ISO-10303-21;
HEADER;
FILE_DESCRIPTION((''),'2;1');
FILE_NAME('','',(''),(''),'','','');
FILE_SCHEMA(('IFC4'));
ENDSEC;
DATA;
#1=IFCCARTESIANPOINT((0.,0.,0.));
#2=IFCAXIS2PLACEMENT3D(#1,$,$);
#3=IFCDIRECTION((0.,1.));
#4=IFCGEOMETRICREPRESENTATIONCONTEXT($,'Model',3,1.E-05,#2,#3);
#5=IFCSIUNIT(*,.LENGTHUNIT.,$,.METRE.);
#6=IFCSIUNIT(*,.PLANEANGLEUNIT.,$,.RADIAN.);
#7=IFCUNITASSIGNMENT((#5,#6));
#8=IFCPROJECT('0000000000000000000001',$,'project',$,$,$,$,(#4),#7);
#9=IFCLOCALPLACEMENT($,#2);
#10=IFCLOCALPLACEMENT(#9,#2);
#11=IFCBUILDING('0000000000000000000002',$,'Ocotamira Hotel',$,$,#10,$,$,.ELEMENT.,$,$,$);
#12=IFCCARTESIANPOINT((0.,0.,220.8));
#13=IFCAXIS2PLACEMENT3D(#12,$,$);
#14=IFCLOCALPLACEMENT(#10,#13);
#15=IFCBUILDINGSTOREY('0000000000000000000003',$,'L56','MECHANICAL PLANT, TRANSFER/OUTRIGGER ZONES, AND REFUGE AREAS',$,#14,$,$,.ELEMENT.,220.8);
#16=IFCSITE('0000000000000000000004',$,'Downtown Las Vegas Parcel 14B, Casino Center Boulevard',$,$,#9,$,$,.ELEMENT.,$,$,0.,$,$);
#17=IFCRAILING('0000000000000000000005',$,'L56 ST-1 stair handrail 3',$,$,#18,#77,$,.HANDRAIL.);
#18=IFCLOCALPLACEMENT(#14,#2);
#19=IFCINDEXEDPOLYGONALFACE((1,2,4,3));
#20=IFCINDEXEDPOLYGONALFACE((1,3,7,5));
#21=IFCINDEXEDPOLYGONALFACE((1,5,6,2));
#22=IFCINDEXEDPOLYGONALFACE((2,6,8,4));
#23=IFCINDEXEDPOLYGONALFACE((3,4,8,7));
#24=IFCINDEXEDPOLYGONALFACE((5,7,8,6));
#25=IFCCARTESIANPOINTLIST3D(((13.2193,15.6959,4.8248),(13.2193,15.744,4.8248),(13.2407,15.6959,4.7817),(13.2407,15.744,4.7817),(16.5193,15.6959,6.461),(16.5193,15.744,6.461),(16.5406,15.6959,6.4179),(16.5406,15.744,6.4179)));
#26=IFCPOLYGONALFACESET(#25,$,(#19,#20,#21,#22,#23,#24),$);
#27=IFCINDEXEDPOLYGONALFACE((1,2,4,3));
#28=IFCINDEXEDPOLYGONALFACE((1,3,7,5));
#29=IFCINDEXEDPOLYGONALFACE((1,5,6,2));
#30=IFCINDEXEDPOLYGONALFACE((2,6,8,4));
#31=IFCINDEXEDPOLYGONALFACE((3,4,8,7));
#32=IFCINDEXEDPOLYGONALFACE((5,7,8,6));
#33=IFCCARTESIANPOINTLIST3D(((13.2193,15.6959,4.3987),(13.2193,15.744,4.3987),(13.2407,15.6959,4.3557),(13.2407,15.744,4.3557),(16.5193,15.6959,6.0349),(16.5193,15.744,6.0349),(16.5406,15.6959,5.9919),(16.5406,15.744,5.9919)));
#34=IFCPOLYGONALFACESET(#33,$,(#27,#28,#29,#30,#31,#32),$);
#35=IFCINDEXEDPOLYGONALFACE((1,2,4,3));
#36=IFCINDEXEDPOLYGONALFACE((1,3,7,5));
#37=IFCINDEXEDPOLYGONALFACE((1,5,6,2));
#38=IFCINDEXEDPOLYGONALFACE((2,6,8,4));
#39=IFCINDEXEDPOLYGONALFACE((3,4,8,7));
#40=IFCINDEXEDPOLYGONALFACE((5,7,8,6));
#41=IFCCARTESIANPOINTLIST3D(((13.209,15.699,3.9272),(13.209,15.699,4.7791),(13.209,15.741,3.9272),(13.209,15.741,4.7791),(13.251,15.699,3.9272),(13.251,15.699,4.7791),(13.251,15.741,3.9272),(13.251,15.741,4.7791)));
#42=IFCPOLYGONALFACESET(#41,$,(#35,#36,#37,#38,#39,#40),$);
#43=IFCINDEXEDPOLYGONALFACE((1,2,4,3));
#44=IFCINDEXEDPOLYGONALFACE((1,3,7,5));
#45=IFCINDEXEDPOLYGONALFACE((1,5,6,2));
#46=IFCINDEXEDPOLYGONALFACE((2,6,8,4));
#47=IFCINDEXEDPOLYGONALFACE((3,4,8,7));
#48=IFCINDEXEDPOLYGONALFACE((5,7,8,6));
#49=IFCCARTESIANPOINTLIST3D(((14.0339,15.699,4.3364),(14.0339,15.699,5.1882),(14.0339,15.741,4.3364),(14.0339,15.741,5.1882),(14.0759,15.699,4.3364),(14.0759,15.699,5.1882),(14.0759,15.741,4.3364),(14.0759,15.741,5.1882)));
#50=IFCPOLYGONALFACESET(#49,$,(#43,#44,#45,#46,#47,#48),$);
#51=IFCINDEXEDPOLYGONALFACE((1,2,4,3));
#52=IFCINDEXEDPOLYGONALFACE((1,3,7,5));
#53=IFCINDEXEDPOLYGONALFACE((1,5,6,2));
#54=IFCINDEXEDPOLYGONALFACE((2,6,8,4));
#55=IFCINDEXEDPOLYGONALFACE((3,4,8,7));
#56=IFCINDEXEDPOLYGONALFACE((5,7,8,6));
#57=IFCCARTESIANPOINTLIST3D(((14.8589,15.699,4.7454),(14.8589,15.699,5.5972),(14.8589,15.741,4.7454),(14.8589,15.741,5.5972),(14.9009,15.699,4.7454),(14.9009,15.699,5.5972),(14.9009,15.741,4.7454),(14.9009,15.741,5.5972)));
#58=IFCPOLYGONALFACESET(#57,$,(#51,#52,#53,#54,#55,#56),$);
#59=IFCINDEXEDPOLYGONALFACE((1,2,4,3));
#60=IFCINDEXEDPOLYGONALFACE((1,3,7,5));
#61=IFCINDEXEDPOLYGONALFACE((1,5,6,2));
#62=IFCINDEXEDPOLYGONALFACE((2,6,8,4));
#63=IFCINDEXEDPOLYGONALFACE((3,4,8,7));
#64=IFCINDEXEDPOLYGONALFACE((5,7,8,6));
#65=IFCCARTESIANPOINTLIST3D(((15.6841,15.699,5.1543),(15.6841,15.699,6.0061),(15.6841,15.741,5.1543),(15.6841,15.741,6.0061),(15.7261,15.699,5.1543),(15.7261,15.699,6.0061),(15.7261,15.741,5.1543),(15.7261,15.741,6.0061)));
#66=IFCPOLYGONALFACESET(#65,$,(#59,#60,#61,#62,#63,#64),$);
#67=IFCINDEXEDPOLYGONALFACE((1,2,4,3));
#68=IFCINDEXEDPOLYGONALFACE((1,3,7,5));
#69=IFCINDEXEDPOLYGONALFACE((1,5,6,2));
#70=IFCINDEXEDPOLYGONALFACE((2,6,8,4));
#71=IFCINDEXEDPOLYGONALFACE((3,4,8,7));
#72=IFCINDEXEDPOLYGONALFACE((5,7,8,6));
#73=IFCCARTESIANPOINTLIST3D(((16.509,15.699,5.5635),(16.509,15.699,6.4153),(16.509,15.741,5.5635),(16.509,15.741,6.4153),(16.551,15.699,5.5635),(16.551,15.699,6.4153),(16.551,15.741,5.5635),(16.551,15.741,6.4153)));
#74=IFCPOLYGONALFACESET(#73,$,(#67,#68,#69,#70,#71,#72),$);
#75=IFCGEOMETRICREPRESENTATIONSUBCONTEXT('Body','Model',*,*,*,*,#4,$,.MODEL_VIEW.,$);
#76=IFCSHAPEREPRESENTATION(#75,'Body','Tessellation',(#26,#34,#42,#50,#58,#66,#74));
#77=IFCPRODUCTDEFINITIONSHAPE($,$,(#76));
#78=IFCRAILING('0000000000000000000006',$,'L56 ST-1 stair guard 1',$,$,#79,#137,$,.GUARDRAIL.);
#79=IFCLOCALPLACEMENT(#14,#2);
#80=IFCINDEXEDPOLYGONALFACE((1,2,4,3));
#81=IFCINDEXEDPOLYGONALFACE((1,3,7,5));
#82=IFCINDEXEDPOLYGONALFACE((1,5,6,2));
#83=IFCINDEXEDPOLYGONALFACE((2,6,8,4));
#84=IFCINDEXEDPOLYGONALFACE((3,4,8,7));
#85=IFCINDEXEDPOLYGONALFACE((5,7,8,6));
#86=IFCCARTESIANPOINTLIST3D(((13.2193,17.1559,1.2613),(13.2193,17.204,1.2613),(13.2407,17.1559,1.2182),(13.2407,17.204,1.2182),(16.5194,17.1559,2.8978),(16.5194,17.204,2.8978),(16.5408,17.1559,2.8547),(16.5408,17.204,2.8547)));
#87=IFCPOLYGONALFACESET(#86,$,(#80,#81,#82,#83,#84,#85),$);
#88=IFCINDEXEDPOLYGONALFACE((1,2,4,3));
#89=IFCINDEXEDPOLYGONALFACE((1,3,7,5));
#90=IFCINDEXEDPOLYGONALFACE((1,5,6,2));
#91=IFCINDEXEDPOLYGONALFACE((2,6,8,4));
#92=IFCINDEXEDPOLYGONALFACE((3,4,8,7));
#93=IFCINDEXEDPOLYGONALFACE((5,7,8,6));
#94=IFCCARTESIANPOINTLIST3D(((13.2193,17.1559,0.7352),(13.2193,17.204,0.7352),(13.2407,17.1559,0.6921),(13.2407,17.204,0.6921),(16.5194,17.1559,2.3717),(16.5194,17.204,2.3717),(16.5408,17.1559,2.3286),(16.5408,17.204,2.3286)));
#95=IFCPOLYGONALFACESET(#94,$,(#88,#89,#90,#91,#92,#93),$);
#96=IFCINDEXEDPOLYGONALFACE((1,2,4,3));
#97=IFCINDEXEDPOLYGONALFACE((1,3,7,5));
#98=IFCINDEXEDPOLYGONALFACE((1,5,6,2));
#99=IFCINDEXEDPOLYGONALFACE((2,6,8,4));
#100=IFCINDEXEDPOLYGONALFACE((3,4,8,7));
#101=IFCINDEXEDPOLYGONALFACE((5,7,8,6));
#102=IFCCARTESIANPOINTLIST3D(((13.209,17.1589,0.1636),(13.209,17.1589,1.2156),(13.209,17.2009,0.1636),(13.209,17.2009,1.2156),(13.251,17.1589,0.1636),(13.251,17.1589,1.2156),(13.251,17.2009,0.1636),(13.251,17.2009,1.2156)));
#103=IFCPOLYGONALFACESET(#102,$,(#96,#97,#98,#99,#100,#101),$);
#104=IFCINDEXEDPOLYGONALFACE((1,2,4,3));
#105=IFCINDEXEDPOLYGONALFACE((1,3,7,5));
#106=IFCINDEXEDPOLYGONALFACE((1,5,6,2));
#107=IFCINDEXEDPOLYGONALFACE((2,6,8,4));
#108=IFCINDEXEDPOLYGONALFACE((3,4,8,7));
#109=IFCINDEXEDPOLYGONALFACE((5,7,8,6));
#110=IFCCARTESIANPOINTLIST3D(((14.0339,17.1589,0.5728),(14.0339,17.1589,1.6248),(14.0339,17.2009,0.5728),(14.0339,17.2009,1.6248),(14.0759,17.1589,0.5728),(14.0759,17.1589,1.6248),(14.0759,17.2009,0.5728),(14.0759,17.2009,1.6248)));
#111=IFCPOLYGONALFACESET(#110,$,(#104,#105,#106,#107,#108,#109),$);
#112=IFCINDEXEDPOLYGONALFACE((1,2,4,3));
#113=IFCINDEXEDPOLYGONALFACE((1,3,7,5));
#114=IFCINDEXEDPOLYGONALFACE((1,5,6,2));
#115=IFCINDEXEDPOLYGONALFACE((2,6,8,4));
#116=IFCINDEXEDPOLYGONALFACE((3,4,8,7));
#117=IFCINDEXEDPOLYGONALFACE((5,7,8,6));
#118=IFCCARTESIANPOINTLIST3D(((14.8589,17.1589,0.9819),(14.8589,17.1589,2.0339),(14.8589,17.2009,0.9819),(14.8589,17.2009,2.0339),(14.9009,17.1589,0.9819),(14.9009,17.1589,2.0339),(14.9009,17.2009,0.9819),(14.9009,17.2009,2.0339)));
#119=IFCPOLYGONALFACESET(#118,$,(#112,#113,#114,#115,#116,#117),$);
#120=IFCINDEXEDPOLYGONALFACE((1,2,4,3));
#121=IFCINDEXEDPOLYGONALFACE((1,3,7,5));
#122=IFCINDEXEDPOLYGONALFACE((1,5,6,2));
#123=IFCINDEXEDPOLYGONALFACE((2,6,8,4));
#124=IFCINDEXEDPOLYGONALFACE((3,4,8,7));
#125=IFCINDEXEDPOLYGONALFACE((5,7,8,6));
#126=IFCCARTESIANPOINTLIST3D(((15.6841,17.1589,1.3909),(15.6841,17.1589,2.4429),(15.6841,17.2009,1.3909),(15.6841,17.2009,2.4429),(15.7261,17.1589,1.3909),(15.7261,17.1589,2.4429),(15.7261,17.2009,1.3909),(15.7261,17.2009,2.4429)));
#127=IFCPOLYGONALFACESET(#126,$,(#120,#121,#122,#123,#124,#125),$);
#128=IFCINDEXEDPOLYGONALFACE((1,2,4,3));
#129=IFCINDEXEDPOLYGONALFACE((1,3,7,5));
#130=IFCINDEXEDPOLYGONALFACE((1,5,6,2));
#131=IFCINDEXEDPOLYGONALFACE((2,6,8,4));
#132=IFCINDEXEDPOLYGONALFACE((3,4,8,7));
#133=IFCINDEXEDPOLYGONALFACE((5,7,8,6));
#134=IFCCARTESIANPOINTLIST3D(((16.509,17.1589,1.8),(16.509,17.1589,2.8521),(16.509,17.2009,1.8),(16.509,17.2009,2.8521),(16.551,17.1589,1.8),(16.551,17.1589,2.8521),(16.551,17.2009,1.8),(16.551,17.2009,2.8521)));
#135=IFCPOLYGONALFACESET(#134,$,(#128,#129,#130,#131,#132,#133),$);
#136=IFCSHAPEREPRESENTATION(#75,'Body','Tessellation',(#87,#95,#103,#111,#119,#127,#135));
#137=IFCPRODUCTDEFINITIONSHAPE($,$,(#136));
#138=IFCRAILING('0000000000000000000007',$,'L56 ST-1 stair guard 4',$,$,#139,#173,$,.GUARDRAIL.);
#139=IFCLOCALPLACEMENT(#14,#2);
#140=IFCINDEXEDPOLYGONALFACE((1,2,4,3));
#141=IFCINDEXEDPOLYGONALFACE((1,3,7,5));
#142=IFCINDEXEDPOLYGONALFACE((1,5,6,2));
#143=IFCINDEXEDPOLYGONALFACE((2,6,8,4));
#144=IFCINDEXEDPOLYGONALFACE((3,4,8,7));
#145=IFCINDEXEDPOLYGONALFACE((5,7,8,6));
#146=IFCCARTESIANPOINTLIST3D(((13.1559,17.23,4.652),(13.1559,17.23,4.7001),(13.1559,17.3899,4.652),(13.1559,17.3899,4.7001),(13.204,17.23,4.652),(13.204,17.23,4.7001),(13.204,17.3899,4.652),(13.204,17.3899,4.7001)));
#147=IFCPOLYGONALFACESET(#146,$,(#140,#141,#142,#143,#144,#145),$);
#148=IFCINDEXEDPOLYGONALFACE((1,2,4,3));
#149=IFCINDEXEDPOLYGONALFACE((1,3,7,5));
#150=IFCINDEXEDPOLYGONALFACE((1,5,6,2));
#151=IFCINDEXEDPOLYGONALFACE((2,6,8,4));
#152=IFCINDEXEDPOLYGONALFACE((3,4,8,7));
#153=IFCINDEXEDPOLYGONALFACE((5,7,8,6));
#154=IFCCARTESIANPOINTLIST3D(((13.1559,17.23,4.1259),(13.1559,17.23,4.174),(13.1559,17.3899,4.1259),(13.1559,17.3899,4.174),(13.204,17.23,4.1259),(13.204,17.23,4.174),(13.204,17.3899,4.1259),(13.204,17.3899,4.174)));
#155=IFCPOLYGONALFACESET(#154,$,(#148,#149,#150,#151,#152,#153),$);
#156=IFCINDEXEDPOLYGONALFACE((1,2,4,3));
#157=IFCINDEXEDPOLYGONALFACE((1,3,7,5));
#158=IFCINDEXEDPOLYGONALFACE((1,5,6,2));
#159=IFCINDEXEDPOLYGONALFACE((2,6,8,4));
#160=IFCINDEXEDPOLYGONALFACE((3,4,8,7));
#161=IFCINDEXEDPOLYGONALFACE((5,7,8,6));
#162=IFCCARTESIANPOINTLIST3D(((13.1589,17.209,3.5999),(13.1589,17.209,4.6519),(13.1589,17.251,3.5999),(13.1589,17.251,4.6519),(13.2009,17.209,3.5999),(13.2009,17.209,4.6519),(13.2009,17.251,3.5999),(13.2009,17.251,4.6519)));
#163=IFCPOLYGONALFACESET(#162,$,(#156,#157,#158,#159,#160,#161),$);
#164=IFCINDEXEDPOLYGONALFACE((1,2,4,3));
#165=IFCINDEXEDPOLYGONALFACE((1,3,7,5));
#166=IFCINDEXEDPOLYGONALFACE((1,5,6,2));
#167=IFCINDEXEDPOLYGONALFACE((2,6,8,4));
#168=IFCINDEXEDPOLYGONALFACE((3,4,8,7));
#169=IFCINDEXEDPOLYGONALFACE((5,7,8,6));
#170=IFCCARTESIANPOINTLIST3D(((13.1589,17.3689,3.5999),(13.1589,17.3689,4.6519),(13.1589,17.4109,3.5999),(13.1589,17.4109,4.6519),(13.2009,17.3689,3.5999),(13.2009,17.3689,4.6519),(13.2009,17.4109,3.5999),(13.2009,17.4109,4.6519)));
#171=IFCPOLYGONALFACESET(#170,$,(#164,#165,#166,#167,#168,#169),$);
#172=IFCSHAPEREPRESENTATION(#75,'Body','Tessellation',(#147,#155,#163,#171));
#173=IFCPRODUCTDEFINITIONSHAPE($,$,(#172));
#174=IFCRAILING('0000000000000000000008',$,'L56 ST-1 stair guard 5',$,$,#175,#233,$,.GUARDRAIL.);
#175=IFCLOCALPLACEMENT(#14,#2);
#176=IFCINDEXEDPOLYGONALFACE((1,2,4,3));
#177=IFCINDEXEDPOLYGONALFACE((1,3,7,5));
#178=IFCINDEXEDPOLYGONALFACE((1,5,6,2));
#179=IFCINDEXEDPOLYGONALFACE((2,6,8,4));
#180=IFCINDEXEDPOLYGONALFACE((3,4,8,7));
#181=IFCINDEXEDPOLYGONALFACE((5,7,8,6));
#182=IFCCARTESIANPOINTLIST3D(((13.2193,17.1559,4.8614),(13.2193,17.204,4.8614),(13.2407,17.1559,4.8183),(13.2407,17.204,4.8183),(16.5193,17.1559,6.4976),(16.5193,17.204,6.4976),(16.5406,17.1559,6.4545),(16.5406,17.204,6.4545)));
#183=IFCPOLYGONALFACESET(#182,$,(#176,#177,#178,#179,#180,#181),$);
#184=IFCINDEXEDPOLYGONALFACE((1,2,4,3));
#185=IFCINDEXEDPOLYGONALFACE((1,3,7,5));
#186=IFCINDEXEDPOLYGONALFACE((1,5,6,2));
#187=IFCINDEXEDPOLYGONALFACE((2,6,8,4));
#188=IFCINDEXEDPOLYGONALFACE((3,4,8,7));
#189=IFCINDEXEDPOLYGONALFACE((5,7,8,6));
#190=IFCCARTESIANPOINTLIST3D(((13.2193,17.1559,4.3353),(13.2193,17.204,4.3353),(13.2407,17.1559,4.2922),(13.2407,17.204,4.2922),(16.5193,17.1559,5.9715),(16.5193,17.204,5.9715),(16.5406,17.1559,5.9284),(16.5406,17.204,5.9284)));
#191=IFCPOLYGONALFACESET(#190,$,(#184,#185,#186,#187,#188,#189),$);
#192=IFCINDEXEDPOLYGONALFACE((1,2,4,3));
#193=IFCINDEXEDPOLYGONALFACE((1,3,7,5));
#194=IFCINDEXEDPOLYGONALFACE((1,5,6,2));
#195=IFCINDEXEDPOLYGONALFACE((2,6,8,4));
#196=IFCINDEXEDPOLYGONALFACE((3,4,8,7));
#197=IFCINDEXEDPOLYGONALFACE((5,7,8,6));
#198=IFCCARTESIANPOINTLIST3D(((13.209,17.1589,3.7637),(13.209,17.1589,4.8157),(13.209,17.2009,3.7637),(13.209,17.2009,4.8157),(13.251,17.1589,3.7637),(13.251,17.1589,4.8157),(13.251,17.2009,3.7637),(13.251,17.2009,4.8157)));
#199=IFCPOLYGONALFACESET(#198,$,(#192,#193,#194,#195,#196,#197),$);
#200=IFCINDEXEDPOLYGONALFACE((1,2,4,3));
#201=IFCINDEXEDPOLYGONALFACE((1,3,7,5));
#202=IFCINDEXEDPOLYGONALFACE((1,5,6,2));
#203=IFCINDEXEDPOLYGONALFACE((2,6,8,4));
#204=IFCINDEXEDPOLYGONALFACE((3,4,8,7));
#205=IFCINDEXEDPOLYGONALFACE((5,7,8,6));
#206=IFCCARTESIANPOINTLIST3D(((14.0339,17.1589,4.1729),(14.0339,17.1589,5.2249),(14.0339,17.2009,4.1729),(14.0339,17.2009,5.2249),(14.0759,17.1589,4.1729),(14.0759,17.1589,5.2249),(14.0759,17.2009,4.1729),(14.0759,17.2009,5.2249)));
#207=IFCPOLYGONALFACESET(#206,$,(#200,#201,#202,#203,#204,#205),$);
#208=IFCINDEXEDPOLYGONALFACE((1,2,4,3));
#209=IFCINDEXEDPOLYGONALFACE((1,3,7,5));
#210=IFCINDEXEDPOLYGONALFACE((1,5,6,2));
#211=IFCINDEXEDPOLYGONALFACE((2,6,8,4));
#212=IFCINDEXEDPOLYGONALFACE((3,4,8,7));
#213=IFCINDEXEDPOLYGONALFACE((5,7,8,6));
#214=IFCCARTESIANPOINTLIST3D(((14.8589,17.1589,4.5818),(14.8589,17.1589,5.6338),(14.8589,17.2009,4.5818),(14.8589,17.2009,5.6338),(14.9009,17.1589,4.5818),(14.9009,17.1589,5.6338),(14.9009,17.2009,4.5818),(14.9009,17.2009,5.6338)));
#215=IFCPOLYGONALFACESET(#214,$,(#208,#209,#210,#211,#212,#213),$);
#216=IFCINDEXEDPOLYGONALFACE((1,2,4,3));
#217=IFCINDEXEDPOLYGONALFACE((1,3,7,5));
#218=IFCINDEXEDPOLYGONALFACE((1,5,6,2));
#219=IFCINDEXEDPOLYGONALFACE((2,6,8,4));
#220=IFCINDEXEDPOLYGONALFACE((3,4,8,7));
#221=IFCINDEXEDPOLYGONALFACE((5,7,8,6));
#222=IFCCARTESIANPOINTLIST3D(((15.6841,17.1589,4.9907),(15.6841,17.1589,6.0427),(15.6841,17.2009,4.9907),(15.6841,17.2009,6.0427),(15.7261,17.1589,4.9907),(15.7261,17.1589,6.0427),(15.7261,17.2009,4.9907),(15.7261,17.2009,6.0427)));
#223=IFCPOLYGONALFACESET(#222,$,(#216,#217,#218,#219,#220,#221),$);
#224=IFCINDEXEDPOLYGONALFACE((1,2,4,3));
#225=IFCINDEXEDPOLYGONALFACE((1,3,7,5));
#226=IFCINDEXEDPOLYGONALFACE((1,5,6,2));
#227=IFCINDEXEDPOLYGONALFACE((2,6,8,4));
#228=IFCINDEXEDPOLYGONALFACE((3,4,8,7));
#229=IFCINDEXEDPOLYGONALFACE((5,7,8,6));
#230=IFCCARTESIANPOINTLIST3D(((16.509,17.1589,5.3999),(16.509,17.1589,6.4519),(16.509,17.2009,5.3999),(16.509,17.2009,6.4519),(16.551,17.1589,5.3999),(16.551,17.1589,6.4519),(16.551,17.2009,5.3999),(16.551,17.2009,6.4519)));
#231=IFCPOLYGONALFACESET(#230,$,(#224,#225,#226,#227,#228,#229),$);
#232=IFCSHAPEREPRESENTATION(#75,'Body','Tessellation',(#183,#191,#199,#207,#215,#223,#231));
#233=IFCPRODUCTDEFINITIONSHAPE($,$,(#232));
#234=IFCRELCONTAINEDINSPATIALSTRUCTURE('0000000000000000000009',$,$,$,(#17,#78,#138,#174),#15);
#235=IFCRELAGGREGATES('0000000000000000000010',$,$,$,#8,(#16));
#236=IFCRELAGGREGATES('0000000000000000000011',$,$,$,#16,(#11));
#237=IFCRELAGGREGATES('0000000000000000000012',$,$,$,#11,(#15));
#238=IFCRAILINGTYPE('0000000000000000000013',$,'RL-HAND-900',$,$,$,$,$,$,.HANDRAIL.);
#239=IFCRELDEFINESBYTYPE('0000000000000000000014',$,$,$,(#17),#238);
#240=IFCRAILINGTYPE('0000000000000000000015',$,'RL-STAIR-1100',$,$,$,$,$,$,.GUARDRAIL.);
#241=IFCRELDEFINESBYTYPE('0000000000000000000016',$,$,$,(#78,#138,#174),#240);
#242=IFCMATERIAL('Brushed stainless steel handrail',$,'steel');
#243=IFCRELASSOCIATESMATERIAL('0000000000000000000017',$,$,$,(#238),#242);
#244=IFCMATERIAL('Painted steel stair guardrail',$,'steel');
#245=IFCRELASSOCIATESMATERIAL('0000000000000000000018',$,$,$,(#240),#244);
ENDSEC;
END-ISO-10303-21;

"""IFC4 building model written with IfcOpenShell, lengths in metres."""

from ifc_helpers import new_model, si_unit, direction, frame, origin, origin_2d, place, context, subcontext, project, spatial, rectangle, extrude, material, type_object, element, save


model = new_model("IFC4")

# Units and contexts
model_context = context("Model", 3, precision=1e-05, world=origin(), true_north=direction((0.0, 1.0)))
body_context = subcontext(model_context, "Body", "Model", "MODEL_VIEW")
ifc_project = project(units=[si_unit("LENGTHUNIT", "METRE"), si_unit("PLANEANGLEUNIT", "RADIAN")], contexts=[model_context])

# Site, building, storey
site_placement = place(None, origin())
site = spatial("IfcSite", under=ifc_project, at=site_placement, Name="Downtown Las Vegas Parcel 14B, Casino Center Boulevard", CompositionType="ELEMENT", RefElevation=0.0)
building_placement = place(site_placement, origin())
building = spatial("IfcBuilding", under=site, at=building_placement, Name="Ocotamira Hotel", CompositionType="ELEMENT")
storey_placement = place(building_placement, frame((0.0, 0.0, 220.8)))
storey = spatial("IfcBuildingStorey", under=building, at=storey_placement, Name="L56", Description="MECHANICAL PLANT, TRANSFER/OUTRIGGER ZONES, AND REFUGE AREAS", CompositionType="ELEMENT", Elevation=220.8)

# Railings
ifc_material_1 = material(Name="Brushed stainless steel handrail", Category="steel")
railing_type_1 = type_object("IfcRailingType", Name="RL-HAND-900", PredefinedType="HANDRAIL", material=ifc_material_1)
railing_1_placement = place(storey_placement, frame((13.23, 15.72, 3.9272)))
element("IfcRailing", 1, at=railing_1_placement, inside=storey, type_object=railing_type_1, Name="L56 ST-1 stair handrail 3", PredefinedType="HANDRAIL", context=body_context, shape_type="SweptSolid", body=[
    extrude(rectangle(XDim=0.0481, YDim=0.0481, at=origin_2d()), frame((0.0, 0.0, 0.876), z_axis=(0.89592, 0.0, 0.444215), x_axis=(0.0, 1.0, 0.0)), (0.0, 0.0, 1.0), 3.6833),
    extrude(rectangle(XDim=0.0481, YDim=0.0481, at=origin_2d()), frame((0.0, 0.0, 0.45), z_axis=(0.89592, 0.0, 0.444215), x_axis=(0.0, 1.0, 0.0)), (0.0, 0.0, 1.0), 3.6833),
    extrude(rectangle(XDim=0.042, YDim=0.042, at=origin_2d()), origin(), (0.0, 0.0, 1.0), 0.8518),
    extrude(rectangle(XDim=0.042, YDim=0.042, at=origin_2d()), frame((0.825, 0.0, 0.4092)), (0.0, 0.0, 1.0), 0.8518),
    extrude(rectangle(XDim=0.042, YDim=0.042, at=origin_2d()), frame((1.6499, 0.0, 0.8181)), (0.0, 0.0, 1.0), 0.8518),
    extrude(rectangle(XDim=0.042, YDim=0.042, at=origin_2d()), frame((2.4751, 0.0, 1.2271)), (0.0, 0.0, 1.0), 0.8518),
    extrude(rectangle(XDim=0.042, YDim=0.042, at=origin_2d()), frame((3.3, 0.0, 1.6362)), (0.0, 0.0, 1.0), 0.8518),
])
ifc_material_2 = material(Name="Painted steel stair guardrail", Category="steel")
railing_type_2 = type_object("IfcRailingType", Name="RL-STAIR-1100", PredefinedType="GUARDRAIL", material=ifc_material_2)
railing_2_placement = place(storey_placement, frame((13.23, 17.1799, 0.1636)))
element("IfcRailing", 2, at=railing_2_placement, inside=storey, type_object=railing_type_2, Name="L56 ST-1 stair guard 1", PredefinedType="GUARDRAIL", context=body_context, shape_type="SweptSolid", body=[
    extrude(rectangle(XDim=0.0481, YDim=0.0481, at=origin_2d()), frame((0.0, 0.0, 1.0762), z_axis=(0.895894, 0.0, 0.444268), x_axis=(0.0, 1.0, 0.0)), (0.0, 0.0, 1.0), 3.6836),
    extrude(rectangle(XDim=0.0481, YDim=0.0481, at=origin_2d()), frame((0.0, 0.0, 0.55), z_axis=(0.895894, 0.0, 0.444268), x_axis=(0.0, 1.0, 0.0)), (0.0, 0.0, 1.0), 3.6836),
    extrude(rectangle(XDim=0.042, YDim=0.042, at=origin_2d()), origin(), (0.0, 0.0, 1.0), 1.052),
    extrude(rectangle(XDim=0.042, YDim=0.042, at=origin_2d()), frame((0.825, 0.0, 0.4092)), (0.0, 0.0, 1.0), 1.052),
    extrude(rectangle(XDim=0.042, YDim=0.042, at=origin_2d()), frame((1.6499, 0.0, 0.8184)), (0.0, 0.0, 1.0), 1.052),
    extrude(rectangle(XDim=0.042, YDim=0.042, at=origin_2d()), frame((2.4751, 0.0, 1.2273)), (0.0, 0.0, 1.0), 1.052),
    extrude(rectangle(XDim=0.042, YDim=0.042, at=origin_2d()), frame((3.3, 0.0, 1.6365)), (0.0, 0.0, 1.0), 1.052),
])
railing_3_placement = place(storey_placement, frame((13.1799, 17.23, 3.5999)))
element("IfcRailing", 3, at=railing_3_placement, inside=storey, type_object=railing_type_2, Name="L56 ST-1 stair guard 4", PredefinedType="GUARDRAIL", context=body_context, shape_type="SweptSolid", body=[
    extrude(rectangle(XDim=0.0481, YDim=0.0481, at=origin_2d()), frame((0.0, 0.0, 1.0762), z_axis=(0.0, 1.0, 0.0), x_axis=(-1.0, 0.0, 0.0)), (0.0, 0.0, 1.0), 0.1599),
    extrude(rectangle(XDim=0.0481, YDim=0.0481, at=origin_2d()), frame((0.0, 0.0, 0.55), z_axis=(0.0, 1.0, 0.0), x_axis=(-1.0, 0.0, 0.0)), (0.0, 0.0, 1.0), 0.1599),
    extrude(rectangle(XDim=0.042, YDim=0.042, at=origin_2d()), origin(), (0.0, 0.0, 1.0), 1.052),
    extrude(rectangle(XDim=0.042, YDim=0.042, at=origin_2d()), frame((0.0, 0.1599, 0.0)), (0.0, 0.0, 1.0), 1.052),
])
railing_4_placement = place(storey_placement, frame((13.23, 17.1799, 3.7637)))
element("IfcRailing", 4, at=railing_4_placement, inside=storey, type_object=railing_type_2, Name="L56 ST-1 stair guard 5", PredefinedType="GUARDRAIL", context=body_context, shape_type="SweptSolid", body=[
    extrude(rectangle(XDim=0.0481, YDim=0.0481, at=origin_2d()), frame((0.0, 0.0, 1.0762), z_axis=(0.89592, 0.0, 0.444215), x_axis=(0.0, 1.0, 0.0)), (0.0, 0.0, 1.0), 3.6833),
    extrude(rectangle(XDim=0.0481, YDim=0.0481, at=origin_2d()), frame((0.0, 0.0, 0.55), z_axis=(0.89592, 0.0, 0.444215), x_axis=(0.0, 1.0, 0.0)), (0.0, 0.0, 1.0), 3.6833),
    extrude(rectangle(XDim=0.042, YDim=0.042, at=origin_2d()), origin(), (0.0, 0.0, 1.0), 1.052),
    extrude(rectangle(XDim=0.042, YDim=0.042, at=origin_2d()), frame((0.825, 0.0, 0.4092)), (0.0, 0.0, 1.0), 1.052),
    extrude(rectangle(XDim=0.042, YDim=0.042, at=origin_2d()), frame((1.6499, 0.0, 0.8181)), (0.0, 0.0, 1.0), 1.052),
    extrude(rectangle(XDim=0.042, YDim=0.042, at=origin_2d()), frame((2.4751, 0.0, 1.2271)), (0.0, 0.0, 1.0), 1.052),
    extrude(rectangle(XDim=0.042, YDim=0.042, at=origin_2d()), frame((3.3, 0.0, 1.6362)), (0.0, 0.0, 1.0), 1.052),
])

save(model, "model.ifc")
